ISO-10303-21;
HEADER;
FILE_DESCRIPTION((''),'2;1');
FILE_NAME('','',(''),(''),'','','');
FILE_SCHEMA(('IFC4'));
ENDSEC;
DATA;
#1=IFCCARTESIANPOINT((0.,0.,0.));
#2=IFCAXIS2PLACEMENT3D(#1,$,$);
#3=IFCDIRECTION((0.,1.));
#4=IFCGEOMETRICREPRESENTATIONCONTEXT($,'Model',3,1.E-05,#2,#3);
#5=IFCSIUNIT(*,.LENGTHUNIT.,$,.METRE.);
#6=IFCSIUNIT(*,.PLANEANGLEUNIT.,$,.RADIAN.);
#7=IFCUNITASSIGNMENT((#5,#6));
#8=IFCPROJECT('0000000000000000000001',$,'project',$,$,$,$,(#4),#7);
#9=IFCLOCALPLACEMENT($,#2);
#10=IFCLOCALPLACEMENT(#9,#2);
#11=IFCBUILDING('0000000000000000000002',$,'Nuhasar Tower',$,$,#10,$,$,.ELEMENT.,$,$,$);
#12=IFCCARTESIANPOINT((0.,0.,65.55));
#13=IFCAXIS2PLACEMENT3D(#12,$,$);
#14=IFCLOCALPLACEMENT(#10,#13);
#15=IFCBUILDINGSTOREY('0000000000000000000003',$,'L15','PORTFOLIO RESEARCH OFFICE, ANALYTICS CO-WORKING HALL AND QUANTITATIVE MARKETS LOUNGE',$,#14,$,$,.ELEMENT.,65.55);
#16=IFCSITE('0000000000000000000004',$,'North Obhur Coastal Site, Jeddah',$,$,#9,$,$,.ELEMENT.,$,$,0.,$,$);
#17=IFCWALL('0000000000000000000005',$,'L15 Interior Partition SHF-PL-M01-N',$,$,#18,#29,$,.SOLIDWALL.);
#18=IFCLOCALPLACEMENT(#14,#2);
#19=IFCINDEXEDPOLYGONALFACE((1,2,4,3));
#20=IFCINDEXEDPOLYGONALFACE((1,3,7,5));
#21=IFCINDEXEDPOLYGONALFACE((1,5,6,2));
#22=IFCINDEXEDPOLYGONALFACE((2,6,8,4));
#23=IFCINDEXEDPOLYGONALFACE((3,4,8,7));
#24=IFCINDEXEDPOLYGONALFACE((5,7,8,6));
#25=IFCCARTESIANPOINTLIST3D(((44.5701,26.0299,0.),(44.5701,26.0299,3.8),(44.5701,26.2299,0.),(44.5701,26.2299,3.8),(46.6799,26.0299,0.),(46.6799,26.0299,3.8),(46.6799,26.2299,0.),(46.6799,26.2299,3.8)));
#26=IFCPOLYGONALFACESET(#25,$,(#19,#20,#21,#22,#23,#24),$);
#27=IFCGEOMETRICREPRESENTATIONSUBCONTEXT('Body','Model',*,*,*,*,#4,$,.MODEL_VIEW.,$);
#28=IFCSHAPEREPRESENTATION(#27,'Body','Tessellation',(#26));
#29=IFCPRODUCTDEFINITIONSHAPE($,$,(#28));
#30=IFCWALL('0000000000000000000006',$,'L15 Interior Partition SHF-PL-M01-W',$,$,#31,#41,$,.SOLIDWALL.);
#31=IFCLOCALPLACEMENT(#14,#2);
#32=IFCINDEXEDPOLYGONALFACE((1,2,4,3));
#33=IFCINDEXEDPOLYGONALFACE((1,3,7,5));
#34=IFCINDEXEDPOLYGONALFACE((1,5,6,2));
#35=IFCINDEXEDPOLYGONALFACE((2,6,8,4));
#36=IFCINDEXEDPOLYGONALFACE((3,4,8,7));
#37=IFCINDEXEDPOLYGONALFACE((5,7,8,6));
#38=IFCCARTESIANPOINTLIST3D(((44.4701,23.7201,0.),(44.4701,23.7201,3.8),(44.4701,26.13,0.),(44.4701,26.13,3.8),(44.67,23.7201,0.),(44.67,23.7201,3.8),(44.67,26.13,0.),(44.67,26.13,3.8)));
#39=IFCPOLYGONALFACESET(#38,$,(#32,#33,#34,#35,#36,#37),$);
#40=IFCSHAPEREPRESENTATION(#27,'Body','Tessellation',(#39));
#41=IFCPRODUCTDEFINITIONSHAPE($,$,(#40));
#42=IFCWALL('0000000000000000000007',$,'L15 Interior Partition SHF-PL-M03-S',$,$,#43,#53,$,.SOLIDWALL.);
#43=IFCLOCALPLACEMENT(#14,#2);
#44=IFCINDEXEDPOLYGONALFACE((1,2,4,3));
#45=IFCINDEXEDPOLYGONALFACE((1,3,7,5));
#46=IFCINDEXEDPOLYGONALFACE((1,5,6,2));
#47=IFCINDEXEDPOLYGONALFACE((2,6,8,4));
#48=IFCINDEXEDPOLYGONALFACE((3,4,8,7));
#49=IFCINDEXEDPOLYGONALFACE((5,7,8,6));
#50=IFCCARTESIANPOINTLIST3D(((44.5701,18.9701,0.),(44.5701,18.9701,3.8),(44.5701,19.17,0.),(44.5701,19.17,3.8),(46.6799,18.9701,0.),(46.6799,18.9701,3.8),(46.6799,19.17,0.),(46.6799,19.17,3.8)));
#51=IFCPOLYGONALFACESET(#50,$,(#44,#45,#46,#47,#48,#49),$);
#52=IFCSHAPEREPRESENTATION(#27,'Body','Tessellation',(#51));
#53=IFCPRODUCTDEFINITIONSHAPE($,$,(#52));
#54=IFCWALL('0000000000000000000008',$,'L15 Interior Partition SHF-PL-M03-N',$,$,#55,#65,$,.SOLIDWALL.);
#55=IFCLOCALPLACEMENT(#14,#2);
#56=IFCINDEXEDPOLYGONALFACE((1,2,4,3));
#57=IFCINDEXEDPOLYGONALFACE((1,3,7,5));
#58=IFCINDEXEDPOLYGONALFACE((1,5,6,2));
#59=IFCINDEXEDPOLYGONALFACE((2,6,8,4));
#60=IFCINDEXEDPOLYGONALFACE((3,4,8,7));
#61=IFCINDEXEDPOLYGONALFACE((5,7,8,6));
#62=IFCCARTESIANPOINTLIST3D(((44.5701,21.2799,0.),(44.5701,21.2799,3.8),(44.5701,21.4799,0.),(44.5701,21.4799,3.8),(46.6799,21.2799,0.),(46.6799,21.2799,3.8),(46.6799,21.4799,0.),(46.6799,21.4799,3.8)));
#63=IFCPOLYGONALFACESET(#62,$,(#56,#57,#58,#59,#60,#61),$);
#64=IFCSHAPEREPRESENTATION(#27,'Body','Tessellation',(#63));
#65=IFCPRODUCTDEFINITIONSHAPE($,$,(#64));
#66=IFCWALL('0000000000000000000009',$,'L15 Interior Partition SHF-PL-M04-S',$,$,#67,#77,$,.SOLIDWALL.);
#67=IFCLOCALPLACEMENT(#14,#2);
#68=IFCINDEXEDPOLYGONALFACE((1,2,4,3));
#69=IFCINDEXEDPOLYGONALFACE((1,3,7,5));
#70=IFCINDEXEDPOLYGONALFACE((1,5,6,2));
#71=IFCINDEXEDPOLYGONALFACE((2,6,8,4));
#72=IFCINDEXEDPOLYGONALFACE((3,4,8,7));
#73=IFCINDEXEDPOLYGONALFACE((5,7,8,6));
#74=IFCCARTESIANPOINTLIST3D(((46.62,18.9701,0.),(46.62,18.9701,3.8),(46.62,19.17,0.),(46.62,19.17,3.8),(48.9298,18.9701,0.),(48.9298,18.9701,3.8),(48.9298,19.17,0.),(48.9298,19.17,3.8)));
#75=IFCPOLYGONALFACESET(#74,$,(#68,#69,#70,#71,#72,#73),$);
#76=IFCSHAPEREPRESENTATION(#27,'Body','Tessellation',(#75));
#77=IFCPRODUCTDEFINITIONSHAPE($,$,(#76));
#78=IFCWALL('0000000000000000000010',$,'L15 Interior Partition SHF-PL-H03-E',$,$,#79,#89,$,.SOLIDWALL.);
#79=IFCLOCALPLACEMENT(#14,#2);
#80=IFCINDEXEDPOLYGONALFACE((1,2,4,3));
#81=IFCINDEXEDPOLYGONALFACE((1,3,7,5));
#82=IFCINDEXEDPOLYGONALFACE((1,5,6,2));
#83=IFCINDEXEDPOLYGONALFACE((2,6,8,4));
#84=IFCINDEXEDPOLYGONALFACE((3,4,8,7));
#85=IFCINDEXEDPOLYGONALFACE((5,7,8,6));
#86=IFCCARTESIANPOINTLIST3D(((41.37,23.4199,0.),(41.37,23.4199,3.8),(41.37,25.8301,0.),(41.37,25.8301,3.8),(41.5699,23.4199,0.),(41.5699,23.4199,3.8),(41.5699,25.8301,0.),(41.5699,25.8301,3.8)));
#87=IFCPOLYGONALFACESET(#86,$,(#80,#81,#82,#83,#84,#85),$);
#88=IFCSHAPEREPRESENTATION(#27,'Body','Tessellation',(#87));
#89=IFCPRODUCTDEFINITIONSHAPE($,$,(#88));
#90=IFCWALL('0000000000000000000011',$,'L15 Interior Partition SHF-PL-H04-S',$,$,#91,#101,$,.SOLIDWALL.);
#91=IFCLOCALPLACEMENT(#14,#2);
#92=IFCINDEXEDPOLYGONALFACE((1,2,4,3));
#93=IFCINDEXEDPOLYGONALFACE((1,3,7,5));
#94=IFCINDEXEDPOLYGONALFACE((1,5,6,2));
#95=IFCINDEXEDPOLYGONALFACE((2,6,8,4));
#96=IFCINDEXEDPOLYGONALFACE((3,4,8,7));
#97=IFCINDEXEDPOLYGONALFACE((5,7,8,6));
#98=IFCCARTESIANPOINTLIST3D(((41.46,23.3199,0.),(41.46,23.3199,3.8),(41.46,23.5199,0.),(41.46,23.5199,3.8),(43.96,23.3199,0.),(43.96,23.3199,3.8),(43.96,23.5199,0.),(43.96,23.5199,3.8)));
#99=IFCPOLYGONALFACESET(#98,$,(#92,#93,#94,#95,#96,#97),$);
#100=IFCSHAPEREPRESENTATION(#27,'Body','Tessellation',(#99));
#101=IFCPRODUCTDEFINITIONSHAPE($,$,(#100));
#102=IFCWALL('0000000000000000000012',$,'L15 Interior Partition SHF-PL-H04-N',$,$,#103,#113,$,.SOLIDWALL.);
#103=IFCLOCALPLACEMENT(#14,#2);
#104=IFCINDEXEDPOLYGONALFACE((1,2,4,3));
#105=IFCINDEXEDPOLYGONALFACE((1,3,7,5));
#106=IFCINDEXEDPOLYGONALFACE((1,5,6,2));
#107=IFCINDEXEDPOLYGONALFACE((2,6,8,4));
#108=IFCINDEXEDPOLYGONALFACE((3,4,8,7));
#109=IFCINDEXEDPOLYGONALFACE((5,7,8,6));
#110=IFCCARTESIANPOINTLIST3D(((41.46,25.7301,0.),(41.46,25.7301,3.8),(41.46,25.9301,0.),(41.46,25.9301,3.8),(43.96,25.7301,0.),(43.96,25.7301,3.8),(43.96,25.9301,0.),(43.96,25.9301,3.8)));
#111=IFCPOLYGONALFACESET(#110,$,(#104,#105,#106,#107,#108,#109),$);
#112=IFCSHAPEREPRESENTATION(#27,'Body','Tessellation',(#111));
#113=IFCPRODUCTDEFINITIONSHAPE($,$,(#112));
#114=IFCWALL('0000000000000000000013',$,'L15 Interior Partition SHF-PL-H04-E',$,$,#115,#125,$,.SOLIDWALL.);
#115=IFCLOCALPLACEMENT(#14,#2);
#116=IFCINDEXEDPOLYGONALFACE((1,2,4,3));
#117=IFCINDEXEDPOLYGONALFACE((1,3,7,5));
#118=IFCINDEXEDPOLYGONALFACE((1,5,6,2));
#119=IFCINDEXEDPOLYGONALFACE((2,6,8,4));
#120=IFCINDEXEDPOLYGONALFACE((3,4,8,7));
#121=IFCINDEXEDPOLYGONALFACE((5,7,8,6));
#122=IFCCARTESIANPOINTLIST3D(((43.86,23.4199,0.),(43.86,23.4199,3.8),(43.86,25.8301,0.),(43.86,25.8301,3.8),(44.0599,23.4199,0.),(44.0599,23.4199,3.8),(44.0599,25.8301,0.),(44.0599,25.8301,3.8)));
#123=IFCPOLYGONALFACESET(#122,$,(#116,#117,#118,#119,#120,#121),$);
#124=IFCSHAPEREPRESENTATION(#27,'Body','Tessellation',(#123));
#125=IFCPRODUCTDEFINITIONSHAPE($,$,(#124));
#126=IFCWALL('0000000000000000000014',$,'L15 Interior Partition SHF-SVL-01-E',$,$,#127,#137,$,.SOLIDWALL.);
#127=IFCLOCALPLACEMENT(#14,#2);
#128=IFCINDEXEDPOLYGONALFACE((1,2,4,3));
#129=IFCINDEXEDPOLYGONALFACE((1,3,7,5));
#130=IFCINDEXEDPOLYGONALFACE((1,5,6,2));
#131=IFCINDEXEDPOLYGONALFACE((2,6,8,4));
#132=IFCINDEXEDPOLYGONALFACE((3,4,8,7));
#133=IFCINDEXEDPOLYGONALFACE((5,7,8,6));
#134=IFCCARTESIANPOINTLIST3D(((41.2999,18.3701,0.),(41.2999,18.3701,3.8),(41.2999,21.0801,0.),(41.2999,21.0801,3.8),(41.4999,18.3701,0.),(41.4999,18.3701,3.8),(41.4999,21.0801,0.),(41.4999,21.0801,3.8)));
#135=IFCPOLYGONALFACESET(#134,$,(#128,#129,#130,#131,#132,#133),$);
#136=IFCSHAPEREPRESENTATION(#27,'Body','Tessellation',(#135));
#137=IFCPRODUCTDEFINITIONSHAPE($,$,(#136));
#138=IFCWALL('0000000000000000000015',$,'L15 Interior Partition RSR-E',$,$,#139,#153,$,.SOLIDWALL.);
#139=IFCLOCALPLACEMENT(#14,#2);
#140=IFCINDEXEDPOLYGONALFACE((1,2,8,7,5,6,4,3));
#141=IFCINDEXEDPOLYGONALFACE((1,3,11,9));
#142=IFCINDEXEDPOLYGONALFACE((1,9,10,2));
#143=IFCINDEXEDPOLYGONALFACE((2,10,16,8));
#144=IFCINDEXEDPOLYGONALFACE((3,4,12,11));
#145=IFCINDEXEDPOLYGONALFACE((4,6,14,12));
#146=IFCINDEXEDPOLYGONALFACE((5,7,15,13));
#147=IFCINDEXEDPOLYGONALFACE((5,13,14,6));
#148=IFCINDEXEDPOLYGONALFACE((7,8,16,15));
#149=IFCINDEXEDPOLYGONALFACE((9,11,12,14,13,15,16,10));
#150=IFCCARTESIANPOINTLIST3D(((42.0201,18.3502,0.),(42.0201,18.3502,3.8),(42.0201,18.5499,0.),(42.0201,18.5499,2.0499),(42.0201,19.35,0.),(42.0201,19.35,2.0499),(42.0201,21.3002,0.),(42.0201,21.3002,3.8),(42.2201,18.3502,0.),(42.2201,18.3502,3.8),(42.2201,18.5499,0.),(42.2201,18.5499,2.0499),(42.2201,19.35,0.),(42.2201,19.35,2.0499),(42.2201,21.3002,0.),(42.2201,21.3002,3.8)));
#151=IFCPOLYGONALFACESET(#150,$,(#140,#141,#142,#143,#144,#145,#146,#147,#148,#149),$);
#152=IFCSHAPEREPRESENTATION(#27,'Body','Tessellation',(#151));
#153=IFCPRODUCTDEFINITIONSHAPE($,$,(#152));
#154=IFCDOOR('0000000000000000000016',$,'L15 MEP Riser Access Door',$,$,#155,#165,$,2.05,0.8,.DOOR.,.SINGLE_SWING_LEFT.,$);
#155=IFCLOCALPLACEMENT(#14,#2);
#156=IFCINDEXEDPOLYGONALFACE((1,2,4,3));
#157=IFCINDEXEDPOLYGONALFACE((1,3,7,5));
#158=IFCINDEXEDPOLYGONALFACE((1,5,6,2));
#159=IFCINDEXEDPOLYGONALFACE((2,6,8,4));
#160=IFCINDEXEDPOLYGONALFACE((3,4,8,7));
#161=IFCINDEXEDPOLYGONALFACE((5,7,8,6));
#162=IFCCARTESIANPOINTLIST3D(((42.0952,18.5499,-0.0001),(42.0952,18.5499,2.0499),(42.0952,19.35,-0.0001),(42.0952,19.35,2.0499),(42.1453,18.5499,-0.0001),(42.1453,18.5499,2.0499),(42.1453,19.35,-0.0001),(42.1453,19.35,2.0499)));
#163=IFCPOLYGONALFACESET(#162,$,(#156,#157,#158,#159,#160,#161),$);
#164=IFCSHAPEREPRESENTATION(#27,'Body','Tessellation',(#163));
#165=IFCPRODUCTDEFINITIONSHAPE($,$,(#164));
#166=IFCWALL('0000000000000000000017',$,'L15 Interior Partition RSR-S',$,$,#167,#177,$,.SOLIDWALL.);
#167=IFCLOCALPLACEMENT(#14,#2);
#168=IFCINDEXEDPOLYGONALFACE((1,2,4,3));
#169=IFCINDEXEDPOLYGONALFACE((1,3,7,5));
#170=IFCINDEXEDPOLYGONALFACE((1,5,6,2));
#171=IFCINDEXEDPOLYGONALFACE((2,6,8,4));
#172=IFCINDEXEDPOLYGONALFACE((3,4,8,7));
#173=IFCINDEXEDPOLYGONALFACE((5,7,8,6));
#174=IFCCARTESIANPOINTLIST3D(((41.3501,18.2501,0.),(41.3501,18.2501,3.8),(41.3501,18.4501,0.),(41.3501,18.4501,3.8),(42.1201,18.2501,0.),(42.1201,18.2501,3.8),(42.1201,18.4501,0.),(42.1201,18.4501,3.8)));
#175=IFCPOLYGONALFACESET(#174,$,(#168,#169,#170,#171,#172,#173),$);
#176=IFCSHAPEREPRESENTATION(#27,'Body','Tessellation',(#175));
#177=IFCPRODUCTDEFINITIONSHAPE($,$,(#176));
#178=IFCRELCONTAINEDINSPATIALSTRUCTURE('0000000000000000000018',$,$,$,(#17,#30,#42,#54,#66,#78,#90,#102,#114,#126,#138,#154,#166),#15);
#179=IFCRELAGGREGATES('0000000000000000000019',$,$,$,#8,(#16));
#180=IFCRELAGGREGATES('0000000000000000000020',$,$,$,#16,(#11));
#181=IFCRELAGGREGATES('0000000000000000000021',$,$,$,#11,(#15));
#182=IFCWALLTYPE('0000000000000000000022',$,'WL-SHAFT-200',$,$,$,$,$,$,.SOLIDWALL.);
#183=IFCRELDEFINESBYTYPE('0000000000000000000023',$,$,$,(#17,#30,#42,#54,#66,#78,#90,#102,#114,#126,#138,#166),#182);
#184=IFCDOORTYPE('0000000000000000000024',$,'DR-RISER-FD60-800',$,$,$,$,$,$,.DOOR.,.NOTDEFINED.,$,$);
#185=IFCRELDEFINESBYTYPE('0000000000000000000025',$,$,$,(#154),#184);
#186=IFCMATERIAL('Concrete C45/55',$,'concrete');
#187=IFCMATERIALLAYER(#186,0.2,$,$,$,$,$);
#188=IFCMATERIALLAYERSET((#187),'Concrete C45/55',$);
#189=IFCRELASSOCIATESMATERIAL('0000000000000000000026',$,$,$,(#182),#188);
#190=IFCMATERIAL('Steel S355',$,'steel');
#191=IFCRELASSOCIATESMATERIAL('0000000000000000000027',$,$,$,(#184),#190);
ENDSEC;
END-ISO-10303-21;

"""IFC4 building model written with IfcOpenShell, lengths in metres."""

from ifc_helpers import new_model, si_unit, direction, frame, frame_2d, origin, place, context, subcontext, project, spatial, rectangle, extrude, material, layer, layer_set, type_object, element, fill, save


model = new_model("IFC4")

# Units and contexts
model_context = context("Model", 3, precision=1e-05, world=origin(), true_north=direction((0.0, 1.0)))
body_context = subcontext(model_context, "Body", "Model", "MODEL_VIEW")
ifc_project = project(units=[si_unit("LENGTHUNIT", "METRE"), si_unit("PLANEANGLEUNIT", "RADIAN")], contexts=[model_context])

# Site, building, storey
site_placement = place(None, origin())
site = spatial("IfcSite", under=ifc_project, at=site_placement, Name="North Obhur Coastal Site, Jeddah", CompositionType="ELEMENT", RefElevation=0.0)
building_placement = place(site_placement, origin())
building = spatial("IfcBuilding", under=site, at=building_placement, Name="Nuhasar Tower", CompositionType="ELEMENT")
storey_placement = place(building_placement, frame((0.0, 0.0, 65.55)))
storey = spatial("IfcBuildingStorey", under=building, at=storey_placement, Name="L15", Description="PORTFOLIO RESEARCH OFFICE, ANALYTICS CO-WORKING HALL AND QUANTITATIVE MARKETS LOUNGE", CompositionType="ELEMENT", Elevation=65.55)

# Shared definitions
ifc_material_1 = material(Name="Steel S355", Category="steel")

# Shared definitions
ifc_material_2 = material(Name="Concrete C45/55", Category="concrete")

# Walls
ifc_layer_1 = layer(ifc_material_2, 0.2)
ifc_layer_set_1 = layer_set([ifc_layer_1], Name="Concrete C45/55")
wall_type_1 = type_object("IfcWallType", Name="WL-SHAFT-200", PredefinedType="SOLIDWALL", material=ifc_layer_set_1)
for number, where, z_axis, x_axis, name in (
    (1, (44.5701, 26.1299, 0.0), (0.0, 0.0, 1.0), (1.0, 0.0, 0.0), "L15 Interior Partition SHF-PL-M01-N"),
):
    element("IfcWall", number, at=place(storey_placement, frame(where, z_axis=z_axis, x_axis=x_axis)), inside=storey, type_object=wall_type_1, Name=name, PredefinedType="SOLIDWALL", context=body_context, shape_type="SweptSolid", body=[
        extrude(rectangle(XDim=2.1099, YDim=0.2, at=frame_2d((1.0549, 0.0))), origin(), (0.0, 0.0, 1.0), 3.8),
    ])
wall_1_placement = place(storey_placement, frame((44.5701, 23.72, 0.0), z_axis=(0.0, 0.0, 1.0), x_axis=(0.0, 1.0, 0.0)))
element("IfcWall", 2, at=wall_1_placement, inside=storey, type_object=wall_type_1, Name="L15 Interior Partition SHF-PL-M01-W", PredefinedType="SOLIDWALL", context=body_context, shape_type="SweptSolid", body=[
    extrude(rectangle(XDim=2.4099, YDim=0.2, at=frame_2d((1.2051, 0.0))), origin(), (0.0, 0.0, 1.0), 3.8),
])
for number, where, z_axis, x_axis, name in (
    (3, (44.5701, 19.0701, 0.0), (0.0, 0.0, 1.0), (1.0, 0.0, 0.0), "L15 Interior Partition SHF-PL-M03-S"),
    (4, (44.5701, 21.3799, 0.0), (0.0, 0.0, 1.0), (1.0, 0.0, 0.0), "L15 Interior Partition SHF-PL-M03-N"),
):
    element("IfcWall", number, at=place(storey_placement, frame(where, z_axis=z_axis, x_axis=x_axis)), inside=storey, type_object=wall_type_1, Name=name, PredefinedType="SOLIDWALL", context=body_context, shape_type="SweptSolid", body=[
        extrude(rectangle(XDim=2.1099, YDim=0.2, at=frame_2d((1.0549, 0.0))), origin(), (0.0, 0.0, 1.0), 3.8),
    ])
wall_2_placement = place(storey_placement, frame((46.6201, 19.0701, 0.0), z_axis=(0.0, 0.0, 1.0), x_axis=(1.0, 0.0, 0.0)))
element("IfcWall", 5, at=wall_2_placement, inside=storey, type_object=wall_type_1, Name="L15 Interior Partition SHF-PL-M04-S", PredefinedType="SOLIDWALL", context=body_context, shape_type="SweptSolid", body=[
    extrude(rectangle(XDim=2.3098, YDim=0.2, at=frame_2d((1.1548, 0.0))), origin(), (0.0, 0.0, 1.0), 3.8),
])
wall_3_placement = place(storey_placement, frame((41.47, 23.4199, 0.0), z_axis=(0.0, 0.0, 1.0), x_axis=(0.0, 1.0, 0.0)))
element("IfcWall", 6, at=wall_3_placement, inside=storey, type_object=wall_type_1, Name="L15 Interior Partition SHF-PL-H03-E", PredefinedType="SOLIDWALL", context=body_context, shape_type="SweptSolid", body=[
    extrude(rectangle(XDim=2.4102, YDim=0.2, at=frame_2d((1.2051, 0.0))), origin(), (0.0, 0.0, 1.0), 3.8),
])
for number, where, z_axis, x_axis, name in (
    (7, (41.46, 23.4199, 0.0), (0.0, 0.0, 1.0), (1.0, 0.0, 0.0), "L15 Interior Partition SHF-PL-H04-S"),
    (8, (41.46, 25.8301, 0.0), (0.0, 0.0, 1.0), (1.0, 0.0, 0.0), "L15 Interior Partition SHF-PL-H04-N"),
):
    element("IfcWall", number, at=place(storey_placement, frame(where, z_axis=z_axis, x_axis=x_axis)), inside=storey, type_object=wall_type_1, Name=name, PredefinedType="SOLIDWALL", context=body_context, shape_type="SweptSolid", body=[
        extrude(rectangle(XDim=2.5, YDim=0.2, at=frame_2d((1.25, 0.0))), origin(), (0.0, 0.0, 1.0), 3.8),
    ])
wall_4_placement = place(storey_placement, frame((43.96, 23.4199, 0.0), z_axis=(0.0, 0.0, 1.0), x_axis=(0.0, 1.0, 0.0)))
element("IfcWall", 9, at=wall_4_placement, inside=storey, type_object=wall_type_1, Name="L15 Interior Partition SHF-PL-H04-E", PredefinedType="SOLIDWALL", context=body_context, shape_type="SweptSolid", body=[
    extrude(rectangle(XDim=2.4102, YDim=0.2, at=frame_2d((1.2051, 0.0))), origin(), (0.0, 0.0, 1.0), 3.8),
])
wall_5_placement = place(storey_placement, frame((41.3999, 18.3701, 0.0), z_axis=(0.0, 0.0, 1.0), x_axis=(0.0, 1.0, 0.0)))
element("IfcWall", 10, at=wall_5_placement, inside=storey, type_object=wall_type_1, Name="L15 Interior Partition SHF-SVL-01-E", PredefinedType="SOLIDWALL", context=body_context, shape_type="SweptSolid", body=[
    extrude(rectangle(XDim=2.71, YDim=0.2, at=frame_2d((1.355, 0.0))), origin(), (0.0, 0.0, 1.0), 3.8),
])

# Wall, opening, door
wall_6_placement = place(storey_placement, frame((42.1201, 18.3501, 0.0), z_axis=(0.0, 0.0, 1.0), x_axis=(0.0, 1.0, 0.0)))
wall_6 = element("IfcWall", 11, at=wall_6_placement, inside=storey, type_object=wall_type_1, Name="L15 Interior Partition RSR-E", PredefinedType="SOLIDWALL", context=body_context, shape_type="SweptSolid", body=[
    extrude(rectangle(XDim=2.95, YDim=0.2, at=frame_2d((1.4751, 0.0))), origin(), (0.0, 0.0, 1.0), 3.8),
])
opening_1_placement = place(wall_6_placement, frame((0.2, 0.0, 0.0)))
opening_1 = element("IfcOpeningElement", 12, at=opening_1_placement, cuts=wall_6, PredefinedType="OPENING", context=body_context, shape_type="SweptSolid", body=[
    extrude(rectangle(XDim=0.8, YDim=2.05, at=frame_2d((0.3999, 1.0249))), frame((0.0, 0.1099, 0.0), z_axis=(0.0, -1.0, 0.0), x_axis=(1.0, 0.0, 0.0)), (0.0, 0.0, 1.0), 0.22),
])
door_type_1 = type_object("IfcDoorType", Name="DR-RISER-FD60-800", OperationType="NOTDEFINED", PredefinedType="DOOR", material=ifc_material_1)
door_1_placement = place(opening_1_placement, origin())
door_1 = element("IfcDoor", 13, at=door_1_placement, inside=storey, type_object=door_type_1, Name="L15 MEP Riser Access Door", OperationType="SINGLE_SWING_LEFT", OverallHeight=2.05, OverallWidth=0.8, PredefinedType="DOOR", context=body_context, shape_type="SweptSolid", body=[
    extrude(rectangle(XDim=0.8, YDim=2.05, at=frame_2d((0.3999, 1.0249))), frame((0.0, 0.0249, 0.0), z_axis=(0.0, -1.0, 0.0), x_axis=(1.0, 0.0, 0.0)), (0.0, 0.0, 1.0), 0.05),
])
fill(opening_1, door_1)

# Wall
wall_7_placement = place(storey_placement, frame((41.3501, 18.3501, 0.0), z_axis=(0.0, 0.0, 1.0), x_axis=(1.0, 0.0, 0.0)))
element("IfcWall", 14, at=wall_7_placement, inside=storey, type_object=wall_type_1, Name="L15 Interior Partition RSR-S", PredefinedType="SOLIDWALL", context=body_context, shape_type="SweptSolid", body=[
    extrude(rectangle(XDim=0.77, YDim=0.2, at=frame_2d((0.385, 0.0))), origin(), (0.0, 0.0, 1.0), 3.8),
])

save(model, "model.ifc")
